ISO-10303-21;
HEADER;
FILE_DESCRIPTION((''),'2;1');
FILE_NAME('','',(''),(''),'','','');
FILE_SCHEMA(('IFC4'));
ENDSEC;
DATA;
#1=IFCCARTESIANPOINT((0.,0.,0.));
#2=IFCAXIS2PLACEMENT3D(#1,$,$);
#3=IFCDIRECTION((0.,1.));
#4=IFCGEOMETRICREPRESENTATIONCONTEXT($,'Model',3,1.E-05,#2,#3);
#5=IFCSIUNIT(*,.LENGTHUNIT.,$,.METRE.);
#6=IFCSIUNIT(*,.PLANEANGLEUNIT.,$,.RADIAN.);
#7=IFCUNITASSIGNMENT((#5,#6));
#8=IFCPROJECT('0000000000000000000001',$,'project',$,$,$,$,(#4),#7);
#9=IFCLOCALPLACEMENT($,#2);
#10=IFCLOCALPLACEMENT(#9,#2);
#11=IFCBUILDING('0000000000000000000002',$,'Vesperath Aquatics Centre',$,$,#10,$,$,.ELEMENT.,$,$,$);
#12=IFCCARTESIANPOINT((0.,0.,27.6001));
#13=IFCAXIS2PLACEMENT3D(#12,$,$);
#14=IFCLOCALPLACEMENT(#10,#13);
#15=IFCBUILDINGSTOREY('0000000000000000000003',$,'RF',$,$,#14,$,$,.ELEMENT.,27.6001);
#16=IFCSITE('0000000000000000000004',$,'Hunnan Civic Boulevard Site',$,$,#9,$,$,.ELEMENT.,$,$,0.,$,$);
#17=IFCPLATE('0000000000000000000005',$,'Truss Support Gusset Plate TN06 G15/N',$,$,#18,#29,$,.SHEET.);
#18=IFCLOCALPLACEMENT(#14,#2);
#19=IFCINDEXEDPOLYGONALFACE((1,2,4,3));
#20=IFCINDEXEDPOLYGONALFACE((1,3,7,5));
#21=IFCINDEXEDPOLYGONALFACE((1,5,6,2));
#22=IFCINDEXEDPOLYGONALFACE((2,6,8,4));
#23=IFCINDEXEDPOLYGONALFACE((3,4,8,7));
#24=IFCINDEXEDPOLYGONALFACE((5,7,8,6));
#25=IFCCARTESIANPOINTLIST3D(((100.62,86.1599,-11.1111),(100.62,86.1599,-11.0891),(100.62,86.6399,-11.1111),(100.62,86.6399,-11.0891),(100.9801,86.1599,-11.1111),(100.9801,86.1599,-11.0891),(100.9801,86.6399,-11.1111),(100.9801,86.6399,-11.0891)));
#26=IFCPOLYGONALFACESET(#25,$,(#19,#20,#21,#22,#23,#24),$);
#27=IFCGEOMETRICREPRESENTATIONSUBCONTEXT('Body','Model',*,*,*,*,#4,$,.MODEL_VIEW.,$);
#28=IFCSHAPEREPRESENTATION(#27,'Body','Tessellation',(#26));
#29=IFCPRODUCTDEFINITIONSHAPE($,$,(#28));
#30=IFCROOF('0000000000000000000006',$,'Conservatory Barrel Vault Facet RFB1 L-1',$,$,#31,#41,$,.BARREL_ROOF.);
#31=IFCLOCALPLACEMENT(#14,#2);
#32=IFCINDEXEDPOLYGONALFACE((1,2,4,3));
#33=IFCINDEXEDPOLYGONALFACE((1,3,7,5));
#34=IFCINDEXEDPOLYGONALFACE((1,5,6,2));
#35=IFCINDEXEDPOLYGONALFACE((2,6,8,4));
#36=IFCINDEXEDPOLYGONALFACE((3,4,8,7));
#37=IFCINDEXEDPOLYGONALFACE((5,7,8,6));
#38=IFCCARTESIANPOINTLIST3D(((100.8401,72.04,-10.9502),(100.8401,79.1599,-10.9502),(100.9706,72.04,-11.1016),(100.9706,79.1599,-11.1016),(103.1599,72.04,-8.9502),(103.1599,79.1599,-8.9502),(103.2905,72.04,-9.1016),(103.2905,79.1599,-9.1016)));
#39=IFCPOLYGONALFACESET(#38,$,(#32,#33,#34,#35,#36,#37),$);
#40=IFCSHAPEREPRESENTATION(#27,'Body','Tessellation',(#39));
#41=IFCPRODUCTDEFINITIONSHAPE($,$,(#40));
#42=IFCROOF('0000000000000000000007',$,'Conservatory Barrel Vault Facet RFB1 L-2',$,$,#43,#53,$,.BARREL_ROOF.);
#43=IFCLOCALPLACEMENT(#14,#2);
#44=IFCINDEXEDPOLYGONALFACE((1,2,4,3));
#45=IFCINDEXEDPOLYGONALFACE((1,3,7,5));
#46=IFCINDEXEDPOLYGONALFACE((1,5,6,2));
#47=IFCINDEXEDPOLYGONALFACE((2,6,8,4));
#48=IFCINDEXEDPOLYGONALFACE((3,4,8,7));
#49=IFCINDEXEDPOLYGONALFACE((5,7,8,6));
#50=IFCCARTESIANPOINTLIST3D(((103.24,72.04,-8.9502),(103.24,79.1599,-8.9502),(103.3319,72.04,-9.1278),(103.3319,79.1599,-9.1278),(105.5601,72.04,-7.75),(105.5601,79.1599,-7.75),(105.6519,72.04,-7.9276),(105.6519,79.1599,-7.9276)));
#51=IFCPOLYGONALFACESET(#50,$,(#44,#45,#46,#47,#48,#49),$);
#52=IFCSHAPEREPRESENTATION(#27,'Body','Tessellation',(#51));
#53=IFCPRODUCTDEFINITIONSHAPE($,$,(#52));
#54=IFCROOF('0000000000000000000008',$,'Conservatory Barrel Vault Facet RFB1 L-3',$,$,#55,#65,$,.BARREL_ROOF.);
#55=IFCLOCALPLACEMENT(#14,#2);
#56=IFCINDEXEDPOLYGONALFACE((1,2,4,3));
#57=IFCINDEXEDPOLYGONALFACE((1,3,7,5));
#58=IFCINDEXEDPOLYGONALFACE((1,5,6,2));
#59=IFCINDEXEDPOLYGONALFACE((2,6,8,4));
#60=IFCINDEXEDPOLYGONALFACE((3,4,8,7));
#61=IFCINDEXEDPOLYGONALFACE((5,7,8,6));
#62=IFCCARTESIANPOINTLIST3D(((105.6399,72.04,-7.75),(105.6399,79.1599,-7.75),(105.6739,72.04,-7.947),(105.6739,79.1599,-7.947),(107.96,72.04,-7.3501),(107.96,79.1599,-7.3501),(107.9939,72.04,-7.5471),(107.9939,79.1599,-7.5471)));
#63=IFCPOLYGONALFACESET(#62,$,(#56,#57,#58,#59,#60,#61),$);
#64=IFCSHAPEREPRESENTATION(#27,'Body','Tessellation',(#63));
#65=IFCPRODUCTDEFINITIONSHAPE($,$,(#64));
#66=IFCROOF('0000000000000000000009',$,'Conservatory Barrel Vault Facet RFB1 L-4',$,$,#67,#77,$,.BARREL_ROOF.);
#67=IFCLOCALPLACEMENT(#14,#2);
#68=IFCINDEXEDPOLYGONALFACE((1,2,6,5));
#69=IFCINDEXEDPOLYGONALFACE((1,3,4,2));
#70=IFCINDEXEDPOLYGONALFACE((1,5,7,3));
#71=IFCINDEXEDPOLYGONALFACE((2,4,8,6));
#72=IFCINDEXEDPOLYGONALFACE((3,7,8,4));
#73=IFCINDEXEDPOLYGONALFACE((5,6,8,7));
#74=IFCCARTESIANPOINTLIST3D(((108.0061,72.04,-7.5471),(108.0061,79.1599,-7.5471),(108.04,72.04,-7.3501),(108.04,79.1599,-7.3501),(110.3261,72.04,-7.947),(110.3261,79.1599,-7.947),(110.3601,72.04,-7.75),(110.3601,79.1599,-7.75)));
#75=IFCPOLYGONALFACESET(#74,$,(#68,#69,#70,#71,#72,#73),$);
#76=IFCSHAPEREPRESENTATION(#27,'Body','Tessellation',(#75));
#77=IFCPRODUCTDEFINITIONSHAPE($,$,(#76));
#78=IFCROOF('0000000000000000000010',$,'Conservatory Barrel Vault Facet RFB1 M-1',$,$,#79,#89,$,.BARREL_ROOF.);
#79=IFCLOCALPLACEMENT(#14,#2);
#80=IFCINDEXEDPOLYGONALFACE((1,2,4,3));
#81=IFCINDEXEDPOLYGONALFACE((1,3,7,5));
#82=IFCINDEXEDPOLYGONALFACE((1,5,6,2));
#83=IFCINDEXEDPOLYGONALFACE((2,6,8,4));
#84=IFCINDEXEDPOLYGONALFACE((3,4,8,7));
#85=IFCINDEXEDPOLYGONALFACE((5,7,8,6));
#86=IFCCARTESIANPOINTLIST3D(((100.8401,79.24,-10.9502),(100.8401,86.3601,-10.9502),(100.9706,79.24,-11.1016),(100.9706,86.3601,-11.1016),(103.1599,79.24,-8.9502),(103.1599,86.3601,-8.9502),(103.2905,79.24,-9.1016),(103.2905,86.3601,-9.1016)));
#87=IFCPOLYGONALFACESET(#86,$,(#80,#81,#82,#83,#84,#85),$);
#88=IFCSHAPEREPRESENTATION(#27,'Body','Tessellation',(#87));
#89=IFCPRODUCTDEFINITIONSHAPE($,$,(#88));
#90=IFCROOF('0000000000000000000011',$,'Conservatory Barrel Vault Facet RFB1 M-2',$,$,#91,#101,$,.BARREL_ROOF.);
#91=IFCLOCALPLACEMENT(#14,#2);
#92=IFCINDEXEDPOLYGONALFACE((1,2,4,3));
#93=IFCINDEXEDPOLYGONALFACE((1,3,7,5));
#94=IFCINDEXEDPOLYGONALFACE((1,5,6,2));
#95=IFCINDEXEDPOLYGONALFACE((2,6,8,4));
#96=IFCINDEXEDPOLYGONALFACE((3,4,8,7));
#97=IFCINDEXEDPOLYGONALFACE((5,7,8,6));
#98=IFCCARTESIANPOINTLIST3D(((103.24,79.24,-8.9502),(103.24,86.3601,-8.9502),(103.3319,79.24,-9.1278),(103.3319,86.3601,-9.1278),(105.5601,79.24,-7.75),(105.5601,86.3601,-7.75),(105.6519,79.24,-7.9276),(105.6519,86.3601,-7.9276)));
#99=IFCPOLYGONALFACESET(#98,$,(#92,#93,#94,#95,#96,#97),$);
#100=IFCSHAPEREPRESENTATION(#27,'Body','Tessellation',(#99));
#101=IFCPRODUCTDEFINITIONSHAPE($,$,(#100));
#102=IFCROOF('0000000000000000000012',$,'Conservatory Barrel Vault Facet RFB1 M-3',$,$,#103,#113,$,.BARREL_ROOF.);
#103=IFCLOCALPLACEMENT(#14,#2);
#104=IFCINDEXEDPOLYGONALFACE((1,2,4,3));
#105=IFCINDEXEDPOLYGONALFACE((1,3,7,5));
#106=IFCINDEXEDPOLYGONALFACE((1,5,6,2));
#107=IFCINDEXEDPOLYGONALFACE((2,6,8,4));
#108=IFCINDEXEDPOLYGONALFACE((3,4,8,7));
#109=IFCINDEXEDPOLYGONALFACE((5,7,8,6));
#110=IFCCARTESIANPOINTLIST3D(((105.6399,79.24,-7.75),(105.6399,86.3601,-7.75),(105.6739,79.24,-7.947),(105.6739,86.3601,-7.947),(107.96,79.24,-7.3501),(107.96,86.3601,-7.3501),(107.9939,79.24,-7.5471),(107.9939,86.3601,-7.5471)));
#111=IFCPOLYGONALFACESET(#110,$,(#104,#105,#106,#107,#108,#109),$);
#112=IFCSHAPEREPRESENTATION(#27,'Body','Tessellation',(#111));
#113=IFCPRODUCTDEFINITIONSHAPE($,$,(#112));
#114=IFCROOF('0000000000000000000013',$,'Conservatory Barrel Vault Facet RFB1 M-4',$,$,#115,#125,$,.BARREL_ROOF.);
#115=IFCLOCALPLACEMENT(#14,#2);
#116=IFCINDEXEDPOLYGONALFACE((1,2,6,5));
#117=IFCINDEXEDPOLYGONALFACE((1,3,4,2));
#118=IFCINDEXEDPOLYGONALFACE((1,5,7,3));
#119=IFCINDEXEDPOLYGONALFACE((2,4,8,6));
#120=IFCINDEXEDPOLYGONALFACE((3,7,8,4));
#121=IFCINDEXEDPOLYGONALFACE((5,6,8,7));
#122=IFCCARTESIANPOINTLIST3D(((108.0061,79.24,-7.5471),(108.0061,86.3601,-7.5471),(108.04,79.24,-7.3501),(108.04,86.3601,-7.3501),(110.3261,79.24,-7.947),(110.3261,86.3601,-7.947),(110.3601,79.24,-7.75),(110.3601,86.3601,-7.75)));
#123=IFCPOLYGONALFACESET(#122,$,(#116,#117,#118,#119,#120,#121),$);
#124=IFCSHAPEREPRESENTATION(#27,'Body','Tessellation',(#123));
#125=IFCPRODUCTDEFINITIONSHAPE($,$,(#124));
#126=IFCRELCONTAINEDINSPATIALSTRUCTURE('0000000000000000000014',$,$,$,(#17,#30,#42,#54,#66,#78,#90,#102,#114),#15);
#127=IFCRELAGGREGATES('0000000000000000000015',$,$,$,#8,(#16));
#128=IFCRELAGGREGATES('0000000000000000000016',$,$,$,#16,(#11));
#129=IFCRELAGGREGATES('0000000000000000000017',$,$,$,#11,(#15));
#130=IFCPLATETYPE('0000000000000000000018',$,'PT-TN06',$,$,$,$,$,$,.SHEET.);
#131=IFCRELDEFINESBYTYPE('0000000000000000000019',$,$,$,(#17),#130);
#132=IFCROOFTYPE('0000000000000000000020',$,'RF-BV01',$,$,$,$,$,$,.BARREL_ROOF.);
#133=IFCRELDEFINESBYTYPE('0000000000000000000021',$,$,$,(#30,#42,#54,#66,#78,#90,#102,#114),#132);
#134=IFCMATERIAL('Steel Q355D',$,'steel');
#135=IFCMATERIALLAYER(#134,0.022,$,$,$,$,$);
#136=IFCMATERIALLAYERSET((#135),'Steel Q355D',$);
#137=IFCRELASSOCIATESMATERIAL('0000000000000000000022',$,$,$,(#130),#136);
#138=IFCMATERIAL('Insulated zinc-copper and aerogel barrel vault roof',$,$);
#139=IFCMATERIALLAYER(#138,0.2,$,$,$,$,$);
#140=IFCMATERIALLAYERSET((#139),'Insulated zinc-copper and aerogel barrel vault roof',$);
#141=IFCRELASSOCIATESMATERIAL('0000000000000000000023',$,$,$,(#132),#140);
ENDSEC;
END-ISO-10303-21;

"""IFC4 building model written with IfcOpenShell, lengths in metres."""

from ifc_helpers import new_model, si_unit, direction, frame, origin, origin_2d, place, context, subcontext, project, spatial, polyline, rectangle, outline, extrude, material, layer, layer_set, type_object, element, save


model = new_model("IFC4")

# Units and contexts
model_context = context("Model", 3, precision=1e-05, world=origin(), true_north=direction((0.0, 1.0)))
body_context = subcontext(model_context, "Body", "Model", "MODEL_VIEW")
ifc_project = project(units=[si_unit("LENGTHUNIT", "METRE"), si_unit("PLANEANGLEUNIT", "RADIAN")], contexts=[model_context])

# Site, building, storey
site_placement = place(None, origin())
site = spatial("IfcSite", under=ifc_project, at=site_placement, Name="Hunnan Civic Boulevard Site", CompositionType="ELEMENT", RefElevation=0.0)
building_placement = place(site_placement, origin())
building = spatial("IfcBuilding", under=site, at=building_placement, Name="Vesperath Aquatics Centre", CompositionType="ELEMENT")
storey_placement = place(building_placement, frame((0.0, 0.0, 27.6001)))
storey = spatial("IfcBuildingStorey", under=building, at=storey_placement, Name="RF", CompositionType="ELEMENT", Elevation=27.6001)

# Shared definitions
ifc_material_1 = material(Name="Steel Q355D", Category="steel")

# Plate
ifc_layer_1 = layer(ifc_material_1, 0.022)
ifc_layer_set_1 = layer_set([ifc_layer_1], Name="Steel Q355D")
plate_type_1 = type_object("IfcPlateType", Name="PT-TN06", PredefinedType="SHEET", material=ifc_layer_set_1)
plate_placement = place(storey_placement, frame((100.8, 86.3999, -11.1111), z_axis=(0.0, 0.0, 1.0), x_axis=(0.0, 1.0, 0.0)))
element("IfcPlate", 1, at=plate_placement, inside=storey, type_object=plate_type_1, Name="Truss Support Gusset Plate TN06 G15/N", PredefinedType="SHEET", context=body_context, shape_type="SweptSolid", body=[
    extrude(rectangle(XDim=0.48, YDim=0.3601, at=origin_2d()), origin(), (0.0, 0.0, 1.0), 0.022),
])

# Roofs
ifc_material_2 = material(Name="Insulated zinc-copper and aerogel barrel vault roof")
ifc_layer_2 = layer(ifc_material_2, 0.2)
ifc_layer_set_2 = layer_set([ifc_layer_2], Name="Insulated zinc-copper and aerogel barrel vault roof")
roof_type = type_object("IfcRoofType", Name="RF-BV01", PredefinedType="BARREL_ROOF", material=ifc_layer_set_2)
roof_1_placement = place(storey_placement, frame((100.8401, 72.04, -10.9502), z_axis=(-0.652968, 0.0, 0.757385), x_axis=(0.757385, 0.0, 0.652968)))
element("IfcRoof", 2, at=roof_1_placement, inside=storey, type_object=roof_type, Name="Conservatory Barrel Vault Facet RFB1 L-1", PredefinedType="BARREL_ROOF", context=body_context, shape_type="SweptSolid", body=[
    extrude(outline(polyline([(0.0, 0.0), (3.0629, 0.0), (3.0629, 7.1199), (0.0, 7.1199), (0.0, 0.0)])), origin(), (0.0, 0.0, -1.0), 0.2),
])
roof_2_placement = place(storey_placement, frame((103.24, 72.04, -8.9502), z_axis=(-0.459471, 0.0, 0.888193), x_axis=(0.888193, 0.0, 0.459471)))
element("IfcRoof", 3, at=roof_2_placement, inside=storey, type_object=roof_type, Name="Conservatory Barrel Vault Facet RFB1 L-2", PredefinedType="BARREL_ROOF", context=body_context, shape_type="SweptSolid", body=[
    extrude(outline(polyline([(0.0, 0.0), (2.6121, 0.0), (2.6121, 7.1199), (0.0, 7.1199), (0.0, 0.0)])), origin(), (0.0, 0.0, -1.0), 0.2),
])
for number, where, z_axis, x_axis, name in (
    (4, (105.6399, 72.04, -7.75), (-0.169862, 0.0, 0.985468), (0.985468, 0.0, 0.169862), "Conservatory Barrel Vault Facet RFB1 L-3"),
    (5, (108.04, 72.04, -7.3501), (0.169862, 0.0, 0.985468), (0.985468, 0.0, -0.169862), "Conservatory Barrel Vault Facet RFB1 L-4"),
):
    element("IfcRoof", number, at=place(storey_placement, frame(where, z_axis=z_axis, x_axis=x_axis)), inside=storey, type_object=roof_type, Name=name, PredefinedType="BARREL_ROOF", context=body_context, shape_type="SweptSolid", body=[
        extrude(outline(polyline([(0.0, 0.0), (2.3543, 0.0), (2.3543, 7.1199), (0.0, 7.1199), (0.0, 0.0)])), origin(), (0.0, 0.0, -1.0), 0.2),
    ])
roof_3_placement = place(storey_placement, frame((100.8401, 79.24, -10.9502), z_axis=(-0.652968, 0.0, 0.757385), x_axis=(0.757385, 0.0, 0.652968)))
element("IfcRoof", 6, at=roof_3_placement, inside=storey, type_object=roof_type, Name="Conservatory Barrel Vault Facet RFB1 M-1", PredefinedType="BARREL_ROOF", context=body_context, shape_type="SweptSolid", body=[
    extrude(outline(polyline([(0.0, 0.0), (3.0629, 0.0), (3.0629, 7.1201), (0.0, 7.1201), (0.0, 0.0)])), origin(), (0.0, 0.0, -1.0), 0.2),
])
roof_4_placement = place(storey_placement, frame((103.24, 79.24, -8.9502), z_axis=(-0.459471, 0.0, 0.888193), x_axis=(0.888193, 0.0, 0.459471)))
element("IfcRoof", 7, at=roof_4_placement, inside=storey, type_object=roof_type, Name="Conservatory Barrel Vault Facet RFB1 M-2", PredefinedType="BARREL_ROOF", context=body_context, shape_type="SweptSolid", body=[
    extrude(outline(polyline([(0.0, 0.0), (2.6121, 0.0), (2.6121, 7.1201), (0.0, 7.1201), (0.0, 0.0)])), origin(), (0.0, 0.0, -1.0), 0.2),
])
for number, where, z_axis, x_axis, name in (
    (8, (105.6399, 79.24, -7.75), (-0.169862, 0.0, 0.985468), (0.985468, 0.0, 0.169862), "Conservatory Barrel Vault Facet RFB1 M-3"),
    (9, (108.04, 79.24, -7.3501), (0.169862, 0.0, 0.985468), (0.985468, 0.0, -0.169862), "Conservatory Barrel Vault Facet RFB1 M-4"),
):
    element("IfcRoof", number, at=place(storey_placement, frame(where, z_axis=z_axis, x_axis=x_axis)), inside=storey, type_object=roof_type, Name=name, PredefinedType="BARREL_ROOF", context=body_context, shape_type="SweptSolid", body=[
        extrude(outline(polyline([(0.0, 0.0), (2.3543, 0.0), (2.3543, 7.1201), (0.0, 7.1201), (0.0, 0.0)])), origin(), (0.0, 0.0, -1.0), 0.2),
    ])

save(model, "model.ifc")
